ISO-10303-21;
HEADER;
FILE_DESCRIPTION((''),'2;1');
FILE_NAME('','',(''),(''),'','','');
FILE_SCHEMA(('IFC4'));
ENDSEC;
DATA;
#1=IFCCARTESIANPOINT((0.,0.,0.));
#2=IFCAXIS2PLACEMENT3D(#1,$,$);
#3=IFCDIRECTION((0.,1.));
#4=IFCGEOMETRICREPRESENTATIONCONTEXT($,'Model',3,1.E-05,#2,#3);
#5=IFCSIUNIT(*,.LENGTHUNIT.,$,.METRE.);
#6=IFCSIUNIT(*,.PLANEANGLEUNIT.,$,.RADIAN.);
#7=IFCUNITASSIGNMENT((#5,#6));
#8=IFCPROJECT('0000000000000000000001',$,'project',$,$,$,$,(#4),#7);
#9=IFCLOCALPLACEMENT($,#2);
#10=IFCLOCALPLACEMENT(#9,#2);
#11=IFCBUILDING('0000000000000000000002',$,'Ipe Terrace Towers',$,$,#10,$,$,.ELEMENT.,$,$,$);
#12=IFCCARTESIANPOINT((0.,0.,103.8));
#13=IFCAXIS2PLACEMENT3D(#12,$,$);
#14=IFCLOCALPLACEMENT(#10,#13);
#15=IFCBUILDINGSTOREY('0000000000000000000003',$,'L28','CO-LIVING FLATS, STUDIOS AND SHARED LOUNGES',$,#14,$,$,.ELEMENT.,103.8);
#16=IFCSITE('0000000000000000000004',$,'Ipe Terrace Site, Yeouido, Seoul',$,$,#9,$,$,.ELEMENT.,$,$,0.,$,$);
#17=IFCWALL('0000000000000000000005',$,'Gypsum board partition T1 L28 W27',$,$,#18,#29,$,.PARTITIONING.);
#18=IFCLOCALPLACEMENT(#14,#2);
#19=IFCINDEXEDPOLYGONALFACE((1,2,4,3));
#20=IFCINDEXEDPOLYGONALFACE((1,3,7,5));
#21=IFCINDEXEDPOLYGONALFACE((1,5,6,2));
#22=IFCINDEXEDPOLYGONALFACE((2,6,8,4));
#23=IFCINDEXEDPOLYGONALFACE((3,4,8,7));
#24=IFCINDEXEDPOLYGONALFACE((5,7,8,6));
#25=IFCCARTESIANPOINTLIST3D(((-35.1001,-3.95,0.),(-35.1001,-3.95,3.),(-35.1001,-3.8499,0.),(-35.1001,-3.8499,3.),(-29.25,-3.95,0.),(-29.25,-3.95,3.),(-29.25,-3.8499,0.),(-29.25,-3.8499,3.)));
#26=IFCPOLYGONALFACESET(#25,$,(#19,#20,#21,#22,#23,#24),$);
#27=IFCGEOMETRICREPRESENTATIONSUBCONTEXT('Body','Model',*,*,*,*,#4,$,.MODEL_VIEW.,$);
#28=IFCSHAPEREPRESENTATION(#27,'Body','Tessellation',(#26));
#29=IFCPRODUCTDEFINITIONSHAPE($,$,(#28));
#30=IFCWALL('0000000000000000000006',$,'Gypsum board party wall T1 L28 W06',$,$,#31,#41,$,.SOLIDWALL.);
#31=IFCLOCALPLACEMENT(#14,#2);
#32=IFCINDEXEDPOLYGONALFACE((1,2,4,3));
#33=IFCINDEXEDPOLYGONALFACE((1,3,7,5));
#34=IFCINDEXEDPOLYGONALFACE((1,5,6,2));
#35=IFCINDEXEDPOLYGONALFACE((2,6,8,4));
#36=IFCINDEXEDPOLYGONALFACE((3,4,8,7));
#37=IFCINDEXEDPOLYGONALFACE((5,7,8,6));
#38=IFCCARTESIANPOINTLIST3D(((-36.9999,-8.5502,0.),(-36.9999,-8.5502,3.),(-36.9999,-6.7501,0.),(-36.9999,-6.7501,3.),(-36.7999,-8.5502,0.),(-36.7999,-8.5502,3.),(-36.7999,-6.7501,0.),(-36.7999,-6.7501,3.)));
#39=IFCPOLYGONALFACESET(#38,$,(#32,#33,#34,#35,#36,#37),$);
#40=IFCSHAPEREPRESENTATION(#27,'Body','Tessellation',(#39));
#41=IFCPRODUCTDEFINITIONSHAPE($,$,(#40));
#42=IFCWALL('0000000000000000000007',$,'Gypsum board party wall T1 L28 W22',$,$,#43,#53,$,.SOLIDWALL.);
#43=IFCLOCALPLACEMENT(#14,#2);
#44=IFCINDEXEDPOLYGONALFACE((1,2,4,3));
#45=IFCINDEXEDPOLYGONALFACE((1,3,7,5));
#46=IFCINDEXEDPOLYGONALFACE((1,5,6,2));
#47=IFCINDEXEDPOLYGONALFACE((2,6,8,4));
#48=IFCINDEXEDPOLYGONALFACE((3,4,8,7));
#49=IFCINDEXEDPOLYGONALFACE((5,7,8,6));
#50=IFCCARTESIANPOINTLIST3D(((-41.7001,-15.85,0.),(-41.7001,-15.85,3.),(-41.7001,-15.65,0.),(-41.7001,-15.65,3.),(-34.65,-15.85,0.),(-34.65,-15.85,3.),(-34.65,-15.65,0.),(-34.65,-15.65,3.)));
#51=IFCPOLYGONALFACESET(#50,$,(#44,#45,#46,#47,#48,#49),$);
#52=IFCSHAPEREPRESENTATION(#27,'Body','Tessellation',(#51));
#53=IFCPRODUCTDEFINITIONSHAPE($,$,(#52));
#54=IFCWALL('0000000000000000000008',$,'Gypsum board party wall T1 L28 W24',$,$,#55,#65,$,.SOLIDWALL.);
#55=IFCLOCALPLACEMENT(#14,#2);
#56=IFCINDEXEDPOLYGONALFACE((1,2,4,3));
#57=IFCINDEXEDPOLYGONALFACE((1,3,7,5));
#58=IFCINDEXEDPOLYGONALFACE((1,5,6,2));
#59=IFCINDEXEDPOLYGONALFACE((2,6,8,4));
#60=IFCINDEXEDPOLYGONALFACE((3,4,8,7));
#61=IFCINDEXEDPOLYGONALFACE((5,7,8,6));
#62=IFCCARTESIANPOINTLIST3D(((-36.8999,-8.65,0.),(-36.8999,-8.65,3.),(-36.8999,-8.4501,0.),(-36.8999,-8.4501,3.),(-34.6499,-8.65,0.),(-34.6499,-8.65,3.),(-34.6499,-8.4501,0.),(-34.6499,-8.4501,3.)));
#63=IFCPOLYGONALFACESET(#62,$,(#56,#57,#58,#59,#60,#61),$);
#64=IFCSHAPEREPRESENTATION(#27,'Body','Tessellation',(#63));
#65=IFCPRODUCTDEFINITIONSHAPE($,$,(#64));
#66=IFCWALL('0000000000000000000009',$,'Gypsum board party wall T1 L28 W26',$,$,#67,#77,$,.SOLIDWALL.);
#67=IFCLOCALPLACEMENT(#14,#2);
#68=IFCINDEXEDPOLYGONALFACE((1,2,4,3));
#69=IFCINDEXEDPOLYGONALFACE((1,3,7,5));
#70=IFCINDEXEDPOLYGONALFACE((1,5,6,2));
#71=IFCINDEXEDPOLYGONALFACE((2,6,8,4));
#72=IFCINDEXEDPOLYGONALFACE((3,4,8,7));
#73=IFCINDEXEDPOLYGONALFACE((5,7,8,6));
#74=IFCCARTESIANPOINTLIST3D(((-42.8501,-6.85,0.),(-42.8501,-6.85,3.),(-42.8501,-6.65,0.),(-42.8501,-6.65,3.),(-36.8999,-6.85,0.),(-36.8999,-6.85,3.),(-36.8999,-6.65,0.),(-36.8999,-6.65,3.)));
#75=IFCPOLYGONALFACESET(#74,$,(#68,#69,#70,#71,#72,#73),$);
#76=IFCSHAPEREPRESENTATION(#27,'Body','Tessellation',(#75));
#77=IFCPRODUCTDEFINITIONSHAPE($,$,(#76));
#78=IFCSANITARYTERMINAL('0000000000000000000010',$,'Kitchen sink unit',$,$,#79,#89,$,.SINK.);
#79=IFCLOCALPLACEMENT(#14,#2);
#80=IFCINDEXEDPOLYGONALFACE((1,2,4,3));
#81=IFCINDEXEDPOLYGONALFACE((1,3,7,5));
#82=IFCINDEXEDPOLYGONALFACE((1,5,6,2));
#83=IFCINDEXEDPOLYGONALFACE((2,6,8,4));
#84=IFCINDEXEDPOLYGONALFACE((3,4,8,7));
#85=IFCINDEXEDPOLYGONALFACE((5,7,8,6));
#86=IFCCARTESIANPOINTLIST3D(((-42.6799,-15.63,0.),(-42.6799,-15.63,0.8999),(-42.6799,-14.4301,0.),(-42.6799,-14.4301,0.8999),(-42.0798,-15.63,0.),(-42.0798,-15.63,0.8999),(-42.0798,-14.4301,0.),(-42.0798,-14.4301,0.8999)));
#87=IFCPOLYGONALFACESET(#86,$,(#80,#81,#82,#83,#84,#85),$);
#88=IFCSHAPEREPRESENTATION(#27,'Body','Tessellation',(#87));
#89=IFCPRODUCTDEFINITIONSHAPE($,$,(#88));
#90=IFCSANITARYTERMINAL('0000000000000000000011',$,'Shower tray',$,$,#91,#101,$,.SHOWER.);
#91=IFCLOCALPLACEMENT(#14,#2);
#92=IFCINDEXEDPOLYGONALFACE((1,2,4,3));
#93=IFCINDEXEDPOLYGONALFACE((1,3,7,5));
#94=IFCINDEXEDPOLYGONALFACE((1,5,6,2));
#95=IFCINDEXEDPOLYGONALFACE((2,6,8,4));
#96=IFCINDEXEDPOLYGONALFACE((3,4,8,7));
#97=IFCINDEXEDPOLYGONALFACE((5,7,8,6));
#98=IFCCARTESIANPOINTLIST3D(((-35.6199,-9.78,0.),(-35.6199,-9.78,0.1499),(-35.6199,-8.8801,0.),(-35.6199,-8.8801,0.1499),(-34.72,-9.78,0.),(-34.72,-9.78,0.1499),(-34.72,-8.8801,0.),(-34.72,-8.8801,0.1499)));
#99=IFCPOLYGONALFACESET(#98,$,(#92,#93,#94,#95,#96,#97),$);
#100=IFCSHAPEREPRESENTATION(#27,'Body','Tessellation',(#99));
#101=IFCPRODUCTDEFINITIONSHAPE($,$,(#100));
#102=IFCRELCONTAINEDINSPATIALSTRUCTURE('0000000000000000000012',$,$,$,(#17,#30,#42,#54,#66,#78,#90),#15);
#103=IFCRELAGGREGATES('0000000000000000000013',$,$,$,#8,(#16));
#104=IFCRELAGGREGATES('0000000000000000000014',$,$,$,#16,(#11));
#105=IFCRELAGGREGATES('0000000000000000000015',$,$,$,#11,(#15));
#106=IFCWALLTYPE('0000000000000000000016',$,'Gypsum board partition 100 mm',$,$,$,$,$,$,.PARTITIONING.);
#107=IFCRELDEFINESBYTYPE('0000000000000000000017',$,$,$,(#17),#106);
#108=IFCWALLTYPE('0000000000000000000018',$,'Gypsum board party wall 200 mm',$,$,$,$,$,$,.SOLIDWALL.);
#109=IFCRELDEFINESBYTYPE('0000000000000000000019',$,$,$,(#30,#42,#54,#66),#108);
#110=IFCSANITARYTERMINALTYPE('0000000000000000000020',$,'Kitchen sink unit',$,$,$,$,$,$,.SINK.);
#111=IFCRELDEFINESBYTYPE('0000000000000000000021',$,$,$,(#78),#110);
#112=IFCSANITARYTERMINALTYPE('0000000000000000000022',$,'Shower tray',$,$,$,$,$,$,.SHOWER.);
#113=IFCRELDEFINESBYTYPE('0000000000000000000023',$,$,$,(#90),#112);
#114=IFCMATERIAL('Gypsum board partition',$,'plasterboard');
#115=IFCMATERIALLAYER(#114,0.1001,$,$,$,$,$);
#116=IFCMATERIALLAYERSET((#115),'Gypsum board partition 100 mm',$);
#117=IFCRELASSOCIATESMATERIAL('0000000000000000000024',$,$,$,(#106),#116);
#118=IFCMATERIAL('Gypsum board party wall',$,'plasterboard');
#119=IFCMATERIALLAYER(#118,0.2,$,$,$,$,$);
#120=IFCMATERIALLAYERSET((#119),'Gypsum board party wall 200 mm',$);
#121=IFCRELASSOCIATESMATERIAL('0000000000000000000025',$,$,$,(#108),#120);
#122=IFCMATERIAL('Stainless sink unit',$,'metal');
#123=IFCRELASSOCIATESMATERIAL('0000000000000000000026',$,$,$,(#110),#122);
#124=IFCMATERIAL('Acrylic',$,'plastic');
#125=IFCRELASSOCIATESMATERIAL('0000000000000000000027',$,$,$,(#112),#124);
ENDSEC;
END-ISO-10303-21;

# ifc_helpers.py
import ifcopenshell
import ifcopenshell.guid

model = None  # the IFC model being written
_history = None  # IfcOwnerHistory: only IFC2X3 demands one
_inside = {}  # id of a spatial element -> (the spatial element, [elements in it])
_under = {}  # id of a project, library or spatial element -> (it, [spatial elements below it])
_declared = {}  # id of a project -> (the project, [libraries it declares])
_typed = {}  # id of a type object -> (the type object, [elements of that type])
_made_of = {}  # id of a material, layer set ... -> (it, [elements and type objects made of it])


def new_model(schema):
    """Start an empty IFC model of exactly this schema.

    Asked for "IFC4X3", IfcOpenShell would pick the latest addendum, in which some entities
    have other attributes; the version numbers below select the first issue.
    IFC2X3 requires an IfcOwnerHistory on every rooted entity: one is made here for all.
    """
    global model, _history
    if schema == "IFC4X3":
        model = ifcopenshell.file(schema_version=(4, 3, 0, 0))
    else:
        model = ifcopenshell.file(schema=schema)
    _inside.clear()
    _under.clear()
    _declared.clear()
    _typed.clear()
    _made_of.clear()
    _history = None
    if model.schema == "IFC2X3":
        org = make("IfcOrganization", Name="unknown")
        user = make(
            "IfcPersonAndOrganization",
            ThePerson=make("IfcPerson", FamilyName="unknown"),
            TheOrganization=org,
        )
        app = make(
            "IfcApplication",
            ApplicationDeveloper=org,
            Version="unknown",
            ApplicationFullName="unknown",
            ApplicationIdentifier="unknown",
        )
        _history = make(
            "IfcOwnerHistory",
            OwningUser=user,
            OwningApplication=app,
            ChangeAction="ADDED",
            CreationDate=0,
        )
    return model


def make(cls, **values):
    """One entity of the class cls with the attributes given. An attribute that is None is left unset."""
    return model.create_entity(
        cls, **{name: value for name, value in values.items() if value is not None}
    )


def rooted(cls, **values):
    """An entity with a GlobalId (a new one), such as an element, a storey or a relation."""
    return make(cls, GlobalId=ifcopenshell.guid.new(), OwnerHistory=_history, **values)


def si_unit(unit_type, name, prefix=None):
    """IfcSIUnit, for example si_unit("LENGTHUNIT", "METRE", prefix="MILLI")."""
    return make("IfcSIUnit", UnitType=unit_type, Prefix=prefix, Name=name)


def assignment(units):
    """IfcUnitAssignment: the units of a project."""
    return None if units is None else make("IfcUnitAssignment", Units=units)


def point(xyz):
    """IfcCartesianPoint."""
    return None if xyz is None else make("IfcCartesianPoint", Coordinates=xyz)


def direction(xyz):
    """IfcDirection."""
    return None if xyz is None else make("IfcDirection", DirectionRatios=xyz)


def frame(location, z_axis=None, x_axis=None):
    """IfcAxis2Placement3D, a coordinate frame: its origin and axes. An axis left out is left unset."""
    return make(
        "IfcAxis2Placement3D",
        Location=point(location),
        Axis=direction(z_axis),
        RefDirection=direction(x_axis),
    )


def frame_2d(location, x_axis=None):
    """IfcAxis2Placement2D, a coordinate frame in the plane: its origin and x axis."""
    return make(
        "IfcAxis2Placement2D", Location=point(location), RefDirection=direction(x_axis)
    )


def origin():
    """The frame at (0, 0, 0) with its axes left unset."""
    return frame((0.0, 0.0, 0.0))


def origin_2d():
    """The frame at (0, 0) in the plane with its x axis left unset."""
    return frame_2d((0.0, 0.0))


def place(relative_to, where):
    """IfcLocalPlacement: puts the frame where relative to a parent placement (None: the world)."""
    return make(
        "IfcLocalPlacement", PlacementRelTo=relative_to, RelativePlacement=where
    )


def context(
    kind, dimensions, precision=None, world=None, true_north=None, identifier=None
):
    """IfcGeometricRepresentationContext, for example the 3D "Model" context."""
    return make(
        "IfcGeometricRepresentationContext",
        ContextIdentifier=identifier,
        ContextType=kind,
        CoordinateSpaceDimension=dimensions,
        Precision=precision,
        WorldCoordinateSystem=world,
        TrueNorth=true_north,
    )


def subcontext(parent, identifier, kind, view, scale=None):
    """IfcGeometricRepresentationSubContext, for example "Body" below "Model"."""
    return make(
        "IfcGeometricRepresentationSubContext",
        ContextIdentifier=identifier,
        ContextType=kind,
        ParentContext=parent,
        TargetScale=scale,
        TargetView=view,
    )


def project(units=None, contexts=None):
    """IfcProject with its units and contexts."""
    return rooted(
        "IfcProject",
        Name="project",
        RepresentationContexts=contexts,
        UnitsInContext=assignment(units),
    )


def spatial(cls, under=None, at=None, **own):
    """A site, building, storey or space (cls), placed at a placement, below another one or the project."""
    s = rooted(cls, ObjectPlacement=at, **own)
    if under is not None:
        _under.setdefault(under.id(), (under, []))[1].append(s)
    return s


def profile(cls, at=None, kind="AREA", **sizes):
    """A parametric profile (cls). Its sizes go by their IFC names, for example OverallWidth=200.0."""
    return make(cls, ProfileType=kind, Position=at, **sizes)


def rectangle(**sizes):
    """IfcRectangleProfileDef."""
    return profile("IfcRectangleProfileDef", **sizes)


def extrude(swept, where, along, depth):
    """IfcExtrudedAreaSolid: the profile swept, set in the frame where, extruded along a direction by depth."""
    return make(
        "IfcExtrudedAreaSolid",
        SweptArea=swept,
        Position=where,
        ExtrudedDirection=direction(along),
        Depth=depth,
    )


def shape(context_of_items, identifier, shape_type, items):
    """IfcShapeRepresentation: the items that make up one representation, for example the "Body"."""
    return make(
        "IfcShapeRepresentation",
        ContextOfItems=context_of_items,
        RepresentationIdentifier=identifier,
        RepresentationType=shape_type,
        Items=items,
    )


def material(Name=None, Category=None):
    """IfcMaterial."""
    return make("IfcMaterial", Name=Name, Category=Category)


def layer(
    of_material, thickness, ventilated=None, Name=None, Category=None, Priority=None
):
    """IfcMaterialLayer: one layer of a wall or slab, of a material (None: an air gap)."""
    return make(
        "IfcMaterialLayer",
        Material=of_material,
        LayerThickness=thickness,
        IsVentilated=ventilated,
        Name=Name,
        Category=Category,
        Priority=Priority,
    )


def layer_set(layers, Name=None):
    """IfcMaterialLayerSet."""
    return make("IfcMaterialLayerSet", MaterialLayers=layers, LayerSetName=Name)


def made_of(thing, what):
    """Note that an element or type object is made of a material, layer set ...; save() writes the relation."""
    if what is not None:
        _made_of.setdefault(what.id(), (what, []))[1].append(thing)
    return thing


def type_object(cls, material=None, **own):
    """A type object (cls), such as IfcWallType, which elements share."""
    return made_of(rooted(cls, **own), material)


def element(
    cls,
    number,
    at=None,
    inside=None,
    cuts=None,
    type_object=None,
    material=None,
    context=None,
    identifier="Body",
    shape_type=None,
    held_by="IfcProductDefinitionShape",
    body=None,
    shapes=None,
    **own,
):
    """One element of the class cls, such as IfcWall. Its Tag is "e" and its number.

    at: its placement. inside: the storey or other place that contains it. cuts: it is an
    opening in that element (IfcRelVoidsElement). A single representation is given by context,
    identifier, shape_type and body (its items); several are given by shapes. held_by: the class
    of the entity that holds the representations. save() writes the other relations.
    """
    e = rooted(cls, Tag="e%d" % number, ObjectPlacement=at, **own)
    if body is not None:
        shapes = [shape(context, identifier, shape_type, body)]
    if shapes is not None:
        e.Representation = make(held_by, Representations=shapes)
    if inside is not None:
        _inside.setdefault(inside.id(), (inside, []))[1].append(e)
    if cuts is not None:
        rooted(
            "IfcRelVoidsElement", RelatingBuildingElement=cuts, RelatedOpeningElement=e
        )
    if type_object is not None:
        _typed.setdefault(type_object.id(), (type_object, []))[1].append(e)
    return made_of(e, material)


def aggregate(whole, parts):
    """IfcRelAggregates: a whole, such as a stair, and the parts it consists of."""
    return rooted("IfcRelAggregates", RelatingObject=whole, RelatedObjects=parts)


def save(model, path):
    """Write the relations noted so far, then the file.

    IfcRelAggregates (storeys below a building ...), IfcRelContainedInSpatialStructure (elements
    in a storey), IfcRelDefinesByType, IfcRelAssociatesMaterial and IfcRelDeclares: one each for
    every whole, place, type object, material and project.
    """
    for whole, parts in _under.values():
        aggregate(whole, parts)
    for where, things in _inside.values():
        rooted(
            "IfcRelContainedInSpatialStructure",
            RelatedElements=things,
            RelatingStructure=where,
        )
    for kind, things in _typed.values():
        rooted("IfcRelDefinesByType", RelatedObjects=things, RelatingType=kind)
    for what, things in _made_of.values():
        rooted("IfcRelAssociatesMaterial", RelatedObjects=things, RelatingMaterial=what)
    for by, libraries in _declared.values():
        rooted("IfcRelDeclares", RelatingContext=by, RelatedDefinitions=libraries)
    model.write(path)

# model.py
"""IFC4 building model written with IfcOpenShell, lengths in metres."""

from ifc_helpers import new_model, si_unit, direction, frame, frame_2d, origin, origin_2d, place, context, subcontext, project, spatial, rectangle, extrude, material, layer, layer_set, type_object, element, save


model = new_model("IFC4")

# Units and contexts
model_context = context("Model", 3, precision=1e-05, world=origin(), true_north=direction((0.0, 1.0)))
body_context = subcontext(model_context, "Body", "Model", "MODEL_VIEW")
ifc_project = project(units=[si_unit("LENGTHUNIT", "METRE"), si_unit("PLANEANGLEUNIT", "RADIAN")], contexts=[model_context])

# Site, building, storey
site_placement = place(None, origin())
site = spatial("IfcSite", under=ifc_project, at=site_placement, Name="Ipe Terrace Site, Yeouido, Seoul", CompositionType="ELEMENT", RefElevation=0.0)
building_placement = place(site_placement, origin())
building = spatial("IfcBuilding", under=site, at=building_placement, Name="Ipe Terrace Towers", CompositionType="ELEMENT")
storey_placement = place(building_placement, frame((0.0, 0.0, 103.8)))
storey = spatial("IfcBuildingStorey", under=building, at=storey_placement, Name="L28", Description="CO-LIVING FLATS, STUDIOS AND SHARED LOUNGES", CompositionType="ELEMENT", Elevation=103.8)

# Shared definitions
ifc_material_1 = material(Name="Gypsum board partition", Category="plasterboard")
ifc_layer_1 = layer(ifc_material_1, 0.1001)
ifc_layer_set_1 = layer_set([ifc_layer_1], Name="Gypsum board partition 100 mm")
wall_type_1 = type_object("IfcWallType", Name="Gypsum board partition 100 mm", PredefinedType="PARTITIONING", material=ifc_layer_set_1)

# Walls
wall_1_placement = place(storey_placement, frame((-35.1001, -3.8999, 0.0), z_axis=(0.0, 0.0, 1.0), x_axis=(1.0, 0.0, 0.0)))
element("IfcWall", 1, at=wall_1_placement, inside=storey, type_object=wall_type_1, Name="Gypsum board partition T1 L28 W27", PredefinedType="PARTITIONING", context=body_context, shape_type="SweptSolid", body=[
    extrude(rectangle(XDim=5.8501, YDim=0.1001, at=frame_2d((2.925, 0.0))), origin(), (0.0, 0.0, 1.0), 3.0),
])
ifc_material_2 = material(Name="Gypsum board party wall", Category="plasterboard")
ifc_layer_2 = layer(ifc_material_2, 0.2)
ifc_layer_set_2 = layer_set([ifc_layer_2], Name="Gypsum board party wall 200 mm")
wall_type_2 = type_object("IfcWallType", Name="Gypsum board party wall 200 mm", PredefinedType="SOLIDWALL", material=ifc_layer_set_2)
wall_2_placement = place(storey_placement, frame((-36.8999, -8.55, 0.0), z_axis=(0.0, 0.0, 1.0), x_axis=(0.0, 1.0, 0.0)))
element("IfcWall", 2, at=wall_2_placement, inside=storey, type_object=wall_type_2, Name="Gypsum board party wall T1 L28 W06", PredefinedType="SOLIDWALL", context=body_context, shape_type="SweptSolid", body=[
    extrude(rectangle(XDim=1.8, YDim=0.2, at=frame_2d((0.8999, 0.0))), origin(), (0.0, 0.0, 1.0), 3.0),
])
wall_3_placement = place(storey_placement, frame((-41.7, -15.75, 0.0), z_axis=(0.0, 0.0, 1.0), x_axis=(1.0, 0.0, 0.0)))
element("IfcWall", 3, at=wall_3_placement, inside=storey, type_object=wall_type_2, Name="Gypsum board party wall T1 L28 W22", PredefinedType="SOLIDWALL", context=body_context, shape_type="SweptSolid", body=[
    extrude(rectangle(XDim=7.05, YDim=0.2, at=frame_2d((3.5249, 0.0))), origin(), (0.0, 0.0, 1.0), 3.0),
])
wall_4_placement = place(storey_placement, frame((-36.8999, -8.55, 0.0), z_axis=(0.0, 0.0, 1.0), x_axis=(1.0, 0.0, 0.0)))
element("IfcWall", 4, at=wall_4_placement, inside=storey, type_object=wall_type_2, Name="Gypsum board party wall T1 L28 W24", PredefinedType="SOLIDWALL", context=body_context, shape_type="SweptSolid", body=[
    extrude(rectangle(XDim=2.25, YDim=0.2, at=frame_2d((1.125, 0.0))), origin(), (0.0, 0.0, 1.0), 3.0),
])
wall_5_placement = place(storey_placement, frame((-42.8501, -6.75, 0.0), z_axis=(0.0, 0.0, 1.0), x_axis=(1.0, 0.0, 0.0)))
element("IfcWall", 5, at=wall_5_placement, inside=storey, type_object=wall_type_2, Name="Gypsum board party wall T1 L28 W26", PredefinedType="SOLIDWALL", context=body_context, shape_type="SweptSolid", body=[
    extrude(rectangle(XDim=5.9502, YDim=0.2, at=frame_2d((2.9751, 0.0))), origin(), (0.0, 0.0, 1.0), 3.0),
])

# Sanitary terminals
ifc_material_3 = material(Name="Stainless sink unit", Category="metal")
sanitary_terminal_type_1 = type_object("IfcSanitaryTerminalType", Name="Kitchen sink unit", PredefinedType="SINK", material=ifc_material_3)
sanitary_terminal_1_placement = place(storey_placement, frame((-42.3799, -15.03, 0.0), z_axis=(0.0, 0.0, 1.0), x_axis=(0.0, 1.0, 0.0)))
element("IfcSanitaryTerminal", 6, at=sanitary_terminal_1_placement, inside=storey, type_object=sanitary_terminal_type_1, Name="Kitchen sink unit", PredefinedType="SINK", context=body_context, shape_type="SweptSolid", body=[
    extrude(rectangle(XDim=1.2, YDim=0.6001, at=origin_2d()), origin(), (0.0, 0.0, 1.0), 0.8999),
])
ifc_material_4 = material(Name="Acrylic", Category="plastic")
sanitary_terminal_type_2 = type_object("IfcSanitaryTerminalType", Name="Shower tray", PredefinedType="SHOWER", material=ifc_material_4)
sanitary_terminal_2_placement = place(storey_placement, frame((-35.1699, -9.3301, 0.0), z_axis=(0.0, 0.0, 1.0), x_axis=(-1.0, 0.0, 0.0)))
element("IfcSanitaryTerminal", 7, at=sanitary_terminal_2_placement, inside=storey, type_object=sanitary_terminal_type_2, Name="Shower tray", PredefinedType="SHOWER", context=body_context, shape_type="SweptSolid", body=[
    extrude(rectangle(XDim=0.8999, YDim=0.8999, at=origin_2d()), origin(), (0.0, 0.0, 1.0), 0.1499),
])

save(model, "model.ifc")
